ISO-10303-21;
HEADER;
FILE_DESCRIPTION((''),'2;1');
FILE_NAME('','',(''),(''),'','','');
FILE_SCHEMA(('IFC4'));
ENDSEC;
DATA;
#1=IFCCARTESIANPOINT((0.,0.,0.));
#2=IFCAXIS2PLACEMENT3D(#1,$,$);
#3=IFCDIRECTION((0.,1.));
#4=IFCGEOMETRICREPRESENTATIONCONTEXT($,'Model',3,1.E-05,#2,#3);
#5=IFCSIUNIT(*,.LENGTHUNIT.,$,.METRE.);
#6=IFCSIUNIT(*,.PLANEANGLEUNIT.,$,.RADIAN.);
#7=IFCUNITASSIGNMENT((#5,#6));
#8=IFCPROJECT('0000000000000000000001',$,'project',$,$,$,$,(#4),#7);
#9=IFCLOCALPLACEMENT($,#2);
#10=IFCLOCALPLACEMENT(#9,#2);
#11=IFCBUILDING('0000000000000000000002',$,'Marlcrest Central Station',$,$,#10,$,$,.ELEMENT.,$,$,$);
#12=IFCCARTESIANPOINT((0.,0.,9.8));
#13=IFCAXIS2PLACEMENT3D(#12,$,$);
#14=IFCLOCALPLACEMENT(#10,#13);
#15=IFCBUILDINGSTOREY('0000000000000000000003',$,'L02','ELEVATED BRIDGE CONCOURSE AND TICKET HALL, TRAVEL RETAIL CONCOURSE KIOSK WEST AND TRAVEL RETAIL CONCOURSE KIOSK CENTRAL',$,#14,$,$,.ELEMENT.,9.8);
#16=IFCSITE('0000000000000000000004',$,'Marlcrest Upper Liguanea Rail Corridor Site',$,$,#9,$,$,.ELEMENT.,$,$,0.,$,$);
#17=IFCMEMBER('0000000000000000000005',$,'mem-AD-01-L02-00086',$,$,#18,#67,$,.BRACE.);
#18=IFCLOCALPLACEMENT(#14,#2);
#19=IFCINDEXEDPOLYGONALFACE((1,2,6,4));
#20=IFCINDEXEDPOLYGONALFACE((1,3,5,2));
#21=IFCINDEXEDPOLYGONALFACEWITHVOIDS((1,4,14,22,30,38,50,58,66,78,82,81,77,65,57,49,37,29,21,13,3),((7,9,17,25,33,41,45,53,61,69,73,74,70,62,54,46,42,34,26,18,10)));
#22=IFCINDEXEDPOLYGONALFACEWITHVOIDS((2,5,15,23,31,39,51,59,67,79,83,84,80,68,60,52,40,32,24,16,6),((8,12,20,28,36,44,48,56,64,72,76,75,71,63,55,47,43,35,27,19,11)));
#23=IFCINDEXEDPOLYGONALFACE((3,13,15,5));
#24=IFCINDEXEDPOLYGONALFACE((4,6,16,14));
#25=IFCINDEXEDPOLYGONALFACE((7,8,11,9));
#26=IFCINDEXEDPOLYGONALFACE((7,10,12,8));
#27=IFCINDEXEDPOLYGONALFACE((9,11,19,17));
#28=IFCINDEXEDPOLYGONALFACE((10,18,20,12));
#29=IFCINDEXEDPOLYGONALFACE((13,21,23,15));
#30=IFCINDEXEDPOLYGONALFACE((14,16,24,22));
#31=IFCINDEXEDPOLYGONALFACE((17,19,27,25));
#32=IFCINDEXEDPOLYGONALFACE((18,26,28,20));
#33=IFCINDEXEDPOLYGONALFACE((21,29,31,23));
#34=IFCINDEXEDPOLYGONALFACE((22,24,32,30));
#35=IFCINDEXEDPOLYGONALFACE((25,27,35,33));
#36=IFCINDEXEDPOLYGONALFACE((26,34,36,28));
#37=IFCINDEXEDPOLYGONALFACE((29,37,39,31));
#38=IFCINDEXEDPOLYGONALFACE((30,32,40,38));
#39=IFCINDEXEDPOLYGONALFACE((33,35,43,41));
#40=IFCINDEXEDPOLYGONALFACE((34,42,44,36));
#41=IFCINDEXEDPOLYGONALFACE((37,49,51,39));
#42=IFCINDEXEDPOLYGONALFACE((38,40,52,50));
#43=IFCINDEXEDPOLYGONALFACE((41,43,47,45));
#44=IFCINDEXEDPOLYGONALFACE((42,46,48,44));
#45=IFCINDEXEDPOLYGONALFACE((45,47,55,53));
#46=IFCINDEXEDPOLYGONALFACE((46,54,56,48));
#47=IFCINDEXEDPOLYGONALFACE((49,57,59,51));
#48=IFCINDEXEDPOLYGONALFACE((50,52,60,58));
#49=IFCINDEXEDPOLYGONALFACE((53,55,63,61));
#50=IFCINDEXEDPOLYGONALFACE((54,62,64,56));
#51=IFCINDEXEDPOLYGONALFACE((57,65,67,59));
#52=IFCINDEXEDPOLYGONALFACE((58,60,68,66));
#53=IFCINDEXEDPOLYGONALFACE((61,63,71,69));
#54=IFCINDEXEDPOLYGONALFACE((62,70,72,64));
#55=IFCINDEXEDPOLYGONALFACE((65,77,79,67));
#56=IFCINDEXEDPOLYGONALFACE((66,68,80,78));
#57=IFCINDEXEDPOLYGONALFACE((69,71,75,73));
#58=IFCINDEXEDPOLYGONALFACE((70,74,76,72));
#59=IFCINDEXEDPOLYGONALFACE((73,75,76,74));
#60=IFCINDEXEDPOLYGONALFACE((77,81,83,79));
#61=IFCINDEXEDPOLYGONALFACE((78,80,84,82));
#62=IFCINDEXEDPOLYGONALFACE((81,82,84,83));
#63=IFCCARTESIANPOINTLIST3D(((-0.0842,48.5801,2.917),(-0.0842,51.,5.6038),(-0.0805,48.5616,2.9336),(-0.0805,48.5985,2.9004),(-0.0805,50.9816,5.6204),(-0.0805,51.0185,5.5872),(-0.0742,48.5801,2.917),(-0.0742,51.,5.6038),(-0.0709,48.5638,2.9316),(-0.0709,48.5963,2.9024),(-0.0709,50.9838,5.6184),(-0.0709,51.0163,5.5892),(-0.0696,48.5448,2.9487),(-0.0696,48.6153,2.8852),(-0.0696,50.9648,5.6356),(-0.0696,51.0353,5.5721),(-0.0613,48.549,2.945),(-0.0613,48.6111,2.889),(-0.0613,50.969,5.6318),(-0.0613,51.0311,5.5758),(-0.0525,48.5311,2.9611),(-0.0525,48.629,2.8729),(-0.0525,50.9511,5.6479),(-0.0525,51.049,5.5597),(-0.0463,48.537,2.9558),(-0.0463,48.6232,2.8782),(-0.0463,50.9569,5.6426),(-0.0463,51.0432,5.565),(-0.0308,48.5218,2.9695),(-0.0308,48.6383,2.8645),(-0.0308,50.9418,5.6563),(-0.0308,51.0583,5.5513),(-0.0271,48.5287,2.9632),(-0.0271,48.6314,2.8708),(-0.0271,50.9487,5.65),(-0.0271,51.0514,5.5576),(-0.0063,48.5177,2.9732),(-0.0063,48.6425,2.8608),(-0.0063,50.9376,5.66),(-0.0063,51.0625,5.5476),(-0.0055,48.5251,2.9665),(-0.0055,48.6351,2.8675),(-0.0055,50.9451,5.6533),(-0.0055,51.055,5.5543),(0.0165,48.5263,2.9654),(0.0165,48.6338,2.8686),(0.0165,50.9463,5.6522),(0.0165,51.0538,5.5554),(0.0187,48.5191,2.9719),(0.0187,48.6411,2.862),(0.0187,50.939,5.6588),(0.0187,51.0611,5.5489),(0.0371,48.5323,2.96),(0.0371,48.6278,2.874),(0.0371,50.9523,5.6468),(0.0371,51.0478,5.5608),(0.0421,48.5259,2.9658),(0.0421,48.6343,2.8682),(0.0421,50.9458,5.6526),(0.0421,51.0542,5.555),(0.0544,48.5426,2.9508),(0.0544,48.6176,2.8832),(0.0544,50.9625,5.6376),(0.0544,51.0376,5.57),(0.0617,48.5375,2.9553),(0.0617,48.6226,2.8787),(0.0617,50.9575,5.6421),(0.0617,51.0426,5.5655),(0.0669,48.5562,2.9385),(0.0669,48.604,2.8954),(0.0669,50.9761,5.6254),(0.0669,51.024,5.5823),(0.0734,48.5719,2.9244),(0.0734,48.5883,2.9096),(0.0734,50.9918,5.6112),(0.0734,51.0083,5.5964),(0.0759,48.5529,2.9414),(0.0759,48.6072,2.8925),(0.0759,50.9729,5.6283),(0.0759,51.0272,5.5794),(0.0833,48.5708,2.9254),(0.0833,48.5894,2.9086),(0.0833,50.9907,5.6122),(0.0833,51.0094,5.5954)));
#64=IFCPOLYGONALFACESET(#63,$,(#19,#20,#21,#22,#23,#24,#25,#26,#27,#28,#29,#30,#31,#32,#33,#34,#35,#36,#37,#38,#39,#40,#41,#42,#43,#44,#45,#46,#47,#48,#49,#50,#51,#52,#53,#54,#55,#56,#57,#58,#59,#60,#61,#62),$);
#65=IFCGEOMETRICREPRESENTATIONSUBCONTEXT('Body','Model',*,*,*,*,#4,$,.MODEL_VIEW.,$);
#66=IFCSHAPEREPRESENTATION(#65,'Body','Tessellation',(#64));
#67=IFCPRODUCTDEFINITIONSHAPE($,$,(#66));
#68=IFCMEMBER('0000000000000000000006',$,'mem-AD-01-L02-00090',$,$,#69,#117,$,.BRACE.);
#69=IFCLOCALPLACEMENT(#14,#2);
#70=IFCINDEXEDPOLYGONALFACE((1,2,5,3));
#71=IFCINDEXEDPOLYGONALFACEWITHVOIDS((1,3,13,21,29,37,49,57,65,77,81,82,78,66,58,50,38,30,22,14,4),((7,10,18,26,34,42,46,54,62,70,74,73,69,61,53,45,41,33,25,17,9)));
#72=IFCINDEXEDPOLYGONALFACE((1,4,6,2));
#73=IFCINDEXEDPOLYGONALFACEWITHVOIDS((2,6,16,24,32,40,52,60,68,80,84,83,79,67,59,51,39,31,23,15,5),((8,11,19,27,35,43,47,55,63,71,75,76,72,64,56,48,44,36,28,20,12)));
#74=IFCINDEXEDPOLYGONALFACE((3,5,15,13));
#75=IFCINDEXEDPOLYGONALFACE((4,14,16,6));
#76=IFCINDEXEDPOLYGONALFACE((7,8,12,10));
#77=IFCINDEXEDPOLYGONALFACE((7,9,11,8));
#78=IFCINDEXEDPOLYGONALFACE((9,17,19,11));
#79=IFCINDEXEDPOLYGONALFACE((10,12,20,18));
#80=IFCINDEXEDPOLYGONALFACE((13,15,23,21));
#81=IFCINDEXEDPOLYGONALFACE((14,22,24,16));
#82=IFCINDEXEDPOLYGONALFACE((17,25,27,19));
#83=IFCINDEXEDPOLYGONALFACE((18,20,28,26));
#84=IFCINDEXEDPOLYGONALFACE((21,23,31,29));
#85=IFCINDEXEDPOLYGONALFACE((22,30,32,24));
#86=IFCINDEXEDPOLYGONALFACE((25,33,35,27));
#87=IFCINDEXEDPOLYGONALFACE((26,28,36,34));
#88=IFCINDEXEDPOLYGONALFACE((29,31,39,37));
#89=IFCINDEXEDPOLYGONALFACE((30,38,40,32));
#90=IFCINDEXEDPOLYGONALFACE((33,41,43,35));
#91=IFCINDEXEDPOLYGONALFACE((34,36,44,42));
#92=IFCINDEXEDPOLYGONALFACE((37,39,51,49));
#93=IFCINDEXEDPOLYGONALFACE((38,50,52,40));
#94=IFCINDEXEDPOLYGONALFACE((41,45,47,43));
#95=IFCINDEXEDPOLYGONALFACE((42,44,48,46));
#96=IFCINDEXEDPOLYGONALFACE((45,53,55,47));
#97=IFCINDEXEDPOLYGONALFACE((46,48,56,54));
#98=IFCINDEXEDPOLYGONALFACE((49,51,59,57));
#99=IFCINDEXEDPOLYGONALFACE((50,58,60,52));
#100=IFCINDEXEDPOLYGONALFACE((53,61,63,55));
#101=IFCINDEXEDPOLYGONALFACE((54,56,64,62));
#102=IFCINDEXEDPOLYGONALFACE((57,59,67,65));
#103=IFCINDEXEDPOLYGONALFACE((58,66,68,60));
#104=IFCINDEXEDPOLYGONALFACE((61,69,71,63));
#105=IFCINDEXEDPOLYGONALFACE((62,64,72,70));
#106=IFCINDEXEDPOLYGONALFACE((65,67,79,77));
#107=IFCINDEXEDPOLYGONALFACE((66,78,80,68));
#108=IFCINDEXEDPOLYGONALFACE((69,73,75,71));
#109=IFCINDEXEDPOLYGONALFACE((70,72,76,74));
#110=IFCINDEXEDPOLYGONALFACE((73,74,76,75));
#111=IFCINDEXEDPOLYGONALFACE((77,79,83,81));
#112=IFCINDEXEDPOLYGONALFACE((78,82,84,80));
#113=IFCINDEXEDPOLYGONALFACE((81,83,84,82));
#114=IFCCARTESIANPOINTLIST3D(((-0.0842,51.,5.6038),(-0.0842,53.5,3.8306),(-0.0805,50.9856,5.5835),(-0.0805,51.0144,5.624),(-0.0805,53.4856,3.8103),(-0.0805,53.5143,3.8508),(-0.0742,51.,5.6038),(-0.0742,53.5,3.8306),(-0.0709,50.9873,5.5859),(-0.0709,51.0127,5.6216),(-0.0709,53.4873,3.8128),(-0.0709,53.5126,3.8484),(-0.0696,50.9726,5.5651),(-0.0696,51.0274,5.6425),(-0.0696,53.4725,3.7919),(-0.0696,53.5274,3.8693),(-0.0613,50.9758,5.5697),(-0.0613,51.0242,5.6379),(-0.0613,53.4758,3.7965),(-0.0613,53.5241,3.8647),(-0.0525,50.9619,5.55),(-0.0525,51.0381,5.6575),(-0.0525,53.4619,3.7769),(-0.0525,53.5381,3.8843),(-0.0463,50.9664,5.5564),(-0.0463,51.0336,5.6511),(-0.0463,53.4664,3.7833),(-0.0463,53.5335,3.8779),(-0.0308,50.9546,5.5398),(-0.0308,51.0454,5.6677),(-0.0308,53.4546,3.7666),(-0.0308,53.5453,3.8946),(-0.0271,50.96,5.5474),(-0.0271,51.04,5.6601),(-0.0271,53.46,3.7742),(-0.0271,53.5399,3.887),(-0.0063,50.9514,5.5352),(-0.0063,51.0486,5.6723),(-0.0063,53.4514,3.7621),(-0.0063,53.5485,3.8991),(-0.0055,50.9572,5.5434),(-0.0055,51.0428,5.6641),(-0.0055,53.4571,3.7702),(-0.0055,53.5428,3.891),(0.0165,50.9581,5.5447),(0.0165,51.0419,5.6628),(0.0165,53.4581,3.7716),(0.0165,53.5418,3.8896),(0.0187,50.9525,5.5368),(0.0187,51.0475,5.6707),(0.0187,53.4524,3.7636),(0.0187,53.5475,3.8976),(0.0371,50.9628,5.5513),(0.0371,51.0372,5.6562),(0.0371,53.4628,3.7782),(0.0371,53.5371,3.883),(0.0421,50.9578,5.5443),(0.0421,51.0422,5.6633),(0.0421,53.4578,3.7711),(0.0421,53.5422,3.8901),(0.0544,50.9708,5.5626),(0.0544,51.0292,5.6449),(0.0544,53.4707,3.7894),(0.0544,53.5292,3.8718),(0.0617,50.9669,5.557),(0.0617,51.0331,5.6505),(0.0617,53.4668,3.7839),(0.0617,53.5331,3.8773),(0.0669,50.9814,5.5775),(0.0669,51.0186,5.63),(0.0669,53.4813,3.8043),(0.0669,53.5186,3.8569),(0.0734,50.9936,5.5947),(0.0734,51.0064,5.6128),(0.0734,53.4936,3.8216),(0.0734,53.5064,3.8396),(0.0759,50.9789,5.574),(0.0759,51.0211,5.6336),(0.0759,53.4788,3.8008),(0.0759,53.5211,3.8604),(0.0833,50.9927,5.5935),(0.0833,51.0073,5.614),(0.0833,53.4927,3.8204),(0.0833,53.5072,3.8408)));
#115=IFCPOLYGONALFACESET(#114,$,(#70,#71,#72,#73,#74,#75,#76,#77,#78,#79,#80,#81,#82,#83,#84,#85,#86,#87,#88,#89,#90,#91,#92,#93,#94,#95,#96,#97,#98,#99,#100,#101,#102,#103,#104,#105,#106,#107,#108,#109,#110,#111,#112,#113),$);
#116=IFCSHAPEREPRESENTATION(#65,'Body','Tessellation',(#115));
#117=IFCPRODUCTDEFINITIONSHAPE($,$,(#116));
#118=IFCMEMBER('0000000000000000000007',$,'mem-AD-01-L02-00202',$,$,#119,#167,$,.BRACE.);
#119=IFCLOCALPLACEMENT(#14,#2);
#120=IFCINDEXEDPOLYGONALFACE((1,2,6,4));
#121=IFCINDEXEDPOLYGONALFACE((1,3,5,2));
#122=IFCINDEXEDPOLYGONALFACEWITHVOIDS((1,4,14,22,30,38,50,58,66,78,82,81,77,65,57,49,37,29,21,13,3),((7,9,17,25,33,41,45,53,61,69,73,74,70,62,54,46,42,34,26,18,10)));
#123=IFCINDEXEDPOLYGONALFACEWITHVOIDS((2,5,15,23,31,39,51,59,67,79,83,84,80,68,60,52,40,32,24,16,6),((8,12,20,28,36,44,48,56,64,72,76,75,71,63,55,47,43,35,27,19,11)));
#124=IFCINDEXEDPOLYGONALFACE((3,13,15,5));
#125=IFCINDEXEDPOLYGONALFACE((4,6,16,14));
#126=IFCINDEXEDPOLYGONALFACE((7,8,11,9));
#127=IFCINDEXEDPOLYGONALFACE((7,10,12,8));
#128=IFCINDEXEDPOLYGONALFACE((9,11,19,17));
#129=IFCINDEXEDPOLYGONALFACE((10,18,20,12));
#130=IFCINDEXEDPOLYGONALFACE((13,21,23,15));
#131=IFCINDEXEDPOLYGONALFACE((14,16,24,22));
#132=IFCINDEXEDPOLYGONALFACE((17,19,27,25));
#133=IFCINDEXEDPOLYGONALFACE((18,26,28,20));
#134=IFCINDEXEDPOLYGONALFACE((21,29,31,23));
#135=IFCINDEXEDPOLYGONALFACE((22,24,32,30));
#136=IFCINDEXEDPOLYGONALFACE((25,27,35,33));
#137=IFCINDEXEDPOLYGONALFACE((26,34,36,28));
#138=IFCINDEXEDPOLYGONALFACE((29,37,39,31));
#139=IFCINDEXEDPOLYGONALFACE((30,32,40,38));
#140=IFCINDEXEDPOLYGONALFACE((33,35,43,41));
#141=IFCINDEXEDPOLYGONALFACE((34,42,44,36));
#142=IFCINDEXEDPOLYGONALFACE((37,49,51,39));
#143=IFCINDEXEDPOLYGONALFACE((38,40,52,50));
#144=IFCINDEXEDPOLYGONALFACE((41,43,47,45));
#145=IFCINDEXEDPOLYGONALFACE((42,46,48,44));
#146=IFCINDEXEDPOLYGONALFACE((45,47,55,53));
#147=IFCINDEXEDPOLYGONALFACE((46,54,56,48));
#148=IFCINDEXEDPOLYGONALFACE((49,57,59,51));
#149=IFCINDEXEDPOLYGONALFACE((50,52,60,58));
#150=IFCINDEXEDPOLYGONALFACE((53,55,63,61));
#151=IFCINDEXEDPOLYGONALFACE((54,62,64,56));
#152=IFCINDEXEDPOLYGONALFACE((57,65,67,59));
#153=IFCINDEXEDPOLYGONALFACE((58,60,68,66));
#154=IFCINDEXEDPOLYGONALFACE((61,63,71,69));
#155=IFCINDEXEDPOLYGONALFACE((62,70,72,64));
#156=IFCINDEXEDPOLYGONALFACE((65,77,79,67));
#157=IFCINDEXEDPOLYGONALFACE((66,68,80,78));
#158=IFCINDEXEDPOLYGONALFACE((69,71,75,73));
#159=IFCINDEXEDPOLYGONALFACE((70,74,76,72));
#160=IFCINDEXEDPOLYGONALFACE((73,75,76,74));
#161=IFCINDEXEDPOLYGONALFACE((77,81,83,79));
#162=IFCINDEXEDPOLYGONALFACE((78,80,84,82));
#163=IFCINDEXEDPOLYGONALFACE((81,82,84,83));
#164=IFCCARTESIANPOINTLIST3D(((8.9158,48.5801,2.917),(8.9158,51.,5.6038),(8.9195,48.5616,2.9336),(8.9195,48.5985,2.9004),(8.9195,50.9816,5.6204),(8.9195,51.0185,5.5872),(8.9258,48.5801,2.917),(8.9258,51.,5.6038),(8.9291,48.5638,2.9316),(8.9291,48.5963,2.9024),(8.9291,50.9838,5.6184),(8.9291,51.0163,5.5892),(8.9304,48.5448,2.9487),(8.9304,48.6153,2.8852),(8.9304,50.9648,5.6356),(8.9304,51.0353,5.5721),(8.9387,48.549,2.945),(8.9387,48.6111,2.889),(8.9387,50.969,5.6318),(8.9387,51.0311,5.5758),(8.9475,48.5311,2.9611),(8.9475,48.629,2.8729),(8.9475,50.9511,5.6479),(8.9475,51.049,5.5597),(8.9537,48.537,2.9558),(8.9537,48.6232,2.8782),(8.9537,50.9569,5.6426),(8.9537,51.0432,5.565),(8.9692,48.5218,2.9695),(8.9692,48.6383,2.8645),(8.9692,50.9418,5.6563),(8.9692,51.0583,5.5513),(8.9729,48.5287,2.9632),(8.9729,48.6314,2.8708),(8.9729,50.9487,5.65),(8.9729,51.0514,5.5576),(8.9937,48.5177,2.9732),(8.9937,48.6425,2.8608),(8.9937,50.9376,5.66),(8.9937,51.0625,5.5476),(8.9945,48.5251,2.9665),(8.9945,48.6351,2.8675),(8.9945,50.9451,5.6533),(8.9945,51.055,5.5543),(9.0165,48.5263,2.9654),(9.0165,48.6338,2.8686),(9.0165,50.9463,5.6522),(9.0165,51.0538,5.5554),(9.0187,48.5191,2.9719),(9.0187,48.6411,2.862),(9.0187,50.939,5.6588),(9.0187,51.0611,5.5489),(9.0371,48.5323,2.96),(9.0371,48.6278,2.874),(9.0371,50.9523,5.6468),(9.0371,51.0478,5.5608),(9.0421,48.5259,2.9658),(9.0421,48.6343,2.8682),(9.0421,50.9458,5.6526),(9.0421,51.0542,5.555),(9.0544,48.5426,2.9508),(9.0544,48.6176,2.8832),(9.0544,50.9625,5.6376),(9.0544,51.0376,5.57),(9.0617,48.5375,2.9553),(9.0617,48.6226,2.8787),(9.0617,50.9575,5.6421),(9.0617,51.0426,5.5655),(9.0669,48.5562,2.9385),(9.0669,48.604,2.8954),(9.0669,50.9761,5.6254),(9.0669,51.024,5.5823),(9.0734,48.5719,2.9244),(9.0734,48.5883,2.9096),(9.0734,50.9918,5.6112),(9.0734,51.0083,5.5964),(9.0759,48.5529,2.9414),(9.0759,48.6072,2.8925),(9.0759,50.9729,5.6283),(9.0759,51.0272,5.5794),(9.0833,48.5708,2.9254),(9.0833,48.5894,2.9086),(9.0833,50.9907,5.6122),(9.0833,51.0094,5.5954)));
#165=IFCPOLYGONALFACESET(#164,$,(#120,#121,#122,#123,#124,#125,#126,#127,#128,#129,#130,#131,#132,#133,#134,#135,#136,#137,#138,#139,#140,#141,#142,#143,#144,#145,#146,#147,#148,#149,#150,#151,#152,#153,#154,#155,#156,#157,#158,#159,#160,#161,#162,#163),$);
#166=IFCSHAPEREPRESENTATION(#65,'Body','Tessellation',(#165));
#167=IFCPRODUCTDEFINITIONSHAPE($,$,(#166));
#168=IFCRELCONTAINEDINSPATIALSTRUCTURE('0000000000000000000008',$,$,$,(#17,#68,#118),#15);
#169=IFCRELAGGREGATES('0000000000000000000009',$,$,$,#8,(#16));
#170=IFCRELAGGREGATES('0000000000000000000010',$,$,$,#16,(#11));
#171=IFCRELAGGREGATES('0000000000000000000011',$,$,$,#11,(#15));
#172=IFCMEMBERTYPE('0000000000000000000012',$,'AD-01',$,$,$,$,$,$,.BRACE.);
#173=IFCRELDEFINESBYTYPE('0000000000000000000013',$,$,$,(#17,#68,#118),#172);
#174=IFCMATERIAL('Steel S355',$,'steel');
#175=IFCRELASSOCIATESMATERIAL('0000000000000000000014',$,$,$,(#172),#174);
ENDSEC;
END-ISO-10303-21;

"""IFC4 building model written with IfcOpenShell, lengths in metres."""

from ifc_helpers import new_model, si_unit, direction, frame, origin, origin_2d, place, context, subcontext, project, spatial, hollow_circle, extrude, material, material_profile, profile_set, type_object, element, save


model = new_model("IFC4")

# Units and contexts
model_context = context("Model", 3, precision=1e-05, world=origin(), true_north=direction((0.0, 1.0)))
body_context = subcontext(model_context, "Body", "Model", "MODEL_VIEW")
ifc_project = project(units=[si_unit("LENGTHUNIT", "METRE"), si_unit("PLANEANGLEUNIT", "RADIAN")], contexts=[model_context])

# Site, building, storey
site_placement = place(None, origin())
site = spatial("IfcSite", under=ifc_project, at=site_placement, Name="Marlcrest Upper Liguanea Rail Corridor Site", CompositionType="ELEMENT", RefElevation=0.0)
building_placement = place(site_placement, origin())
building = spatial("IfcBuilding", under=site, at=building_placement, Name="Marlcrest Central Station", CompositionType="ELEMENT")
storey_placement = place(building_placement, frame((0.0, 0.0, 9.8)))
storey = spatial("IfcBuildingStorey", under=building, at=storey_placement, Name="L02", Description="ELEVATED BRIDGE CONCOURSE AND TICKET HALL, TRAVEL RETAIL CONCOURSE KIOSK WEST AND TRAVEL RETAIL CONCOURSE KIOSK CENTRAL", CompositionType="ELEMENT", Elevation=9.8)

# Members
ifc_material = material(Name="Steel S355", Category="steel")
ifc_material_profile_1 = material_profile(ifc_material, hollow_circle(Radius=0.0842, WallThickness=0.01, at=origin_2d()), Name="CHS 168.3x10")
ifc_profile_set_1 = profile_set([ifc_material_profile_1], Name="Steel S355")
member_type_1 = type_object("IfcMemberType", Name="AD-01", PredefinedType="BRACE", material=ifc_profile_set_1)
member_1_placement = place(storey_placement, frame((0.0, 48.5801, 2.917), z_axis=(0.0, 0.669244, 0.743042), x_axis=(-1.0, 0.0, 0.0)))
element("IfcMember", 1, at=member_1_placement, inside=storey, type_object=member_type_1, Name="mem-AD-01-L02-00086", PredefinedType="BRACE", context=body_context, shape_type="SweptSolid", body=[
    extrude(hollow_circle(Radius=0.0842, WallThickness=0.01, at=origin_2d()), origin(), (0.0, 0.0, 1.0), 3.616),
])
member_2_placement = place(storey_placement, frame((0.0, 51.0, 5.6038), z_axis=(0.0, 0.815661, -0.57853), x_axis=(-1.0, 0.0, 0.0)))
element("IfcMember", 2, at=member_2_placement, inside=storey, type_object=member_type_1, Name="mem-AD-01-L02-00090", PredefinedType="BRACE", context=body_context, shape_type="SweptSolid", body=[
    extrude(hollow_circle(Radius=0.0842, WallThickness=0.01, at=origin_2d()), origin(), (0.0, 0.0, 1.0), 3.0649),
])
member_3_placement = place(storey_placement, frame((9.0, 48.5801, 2.917), z_axis=(0.0, 0.669244, 0.743042), x_axis=(-1.0, 0.0, 0.0)))
element("IfcMember", 3, at=member_3_placement, inside=storey, type_object=member_type_1, Name="mem-AD-01-L02-00202", PredefinedType="BRACE", context=body_context, shape_type="SweptSolid", body=[
    extrude(hollow_circle(Radius=0.0842, WallThickness=0.01, at=origin_2d()), origin(), (0.0, 0.0, 1.0), 3.616),
])

save(model, "model.ifc")
